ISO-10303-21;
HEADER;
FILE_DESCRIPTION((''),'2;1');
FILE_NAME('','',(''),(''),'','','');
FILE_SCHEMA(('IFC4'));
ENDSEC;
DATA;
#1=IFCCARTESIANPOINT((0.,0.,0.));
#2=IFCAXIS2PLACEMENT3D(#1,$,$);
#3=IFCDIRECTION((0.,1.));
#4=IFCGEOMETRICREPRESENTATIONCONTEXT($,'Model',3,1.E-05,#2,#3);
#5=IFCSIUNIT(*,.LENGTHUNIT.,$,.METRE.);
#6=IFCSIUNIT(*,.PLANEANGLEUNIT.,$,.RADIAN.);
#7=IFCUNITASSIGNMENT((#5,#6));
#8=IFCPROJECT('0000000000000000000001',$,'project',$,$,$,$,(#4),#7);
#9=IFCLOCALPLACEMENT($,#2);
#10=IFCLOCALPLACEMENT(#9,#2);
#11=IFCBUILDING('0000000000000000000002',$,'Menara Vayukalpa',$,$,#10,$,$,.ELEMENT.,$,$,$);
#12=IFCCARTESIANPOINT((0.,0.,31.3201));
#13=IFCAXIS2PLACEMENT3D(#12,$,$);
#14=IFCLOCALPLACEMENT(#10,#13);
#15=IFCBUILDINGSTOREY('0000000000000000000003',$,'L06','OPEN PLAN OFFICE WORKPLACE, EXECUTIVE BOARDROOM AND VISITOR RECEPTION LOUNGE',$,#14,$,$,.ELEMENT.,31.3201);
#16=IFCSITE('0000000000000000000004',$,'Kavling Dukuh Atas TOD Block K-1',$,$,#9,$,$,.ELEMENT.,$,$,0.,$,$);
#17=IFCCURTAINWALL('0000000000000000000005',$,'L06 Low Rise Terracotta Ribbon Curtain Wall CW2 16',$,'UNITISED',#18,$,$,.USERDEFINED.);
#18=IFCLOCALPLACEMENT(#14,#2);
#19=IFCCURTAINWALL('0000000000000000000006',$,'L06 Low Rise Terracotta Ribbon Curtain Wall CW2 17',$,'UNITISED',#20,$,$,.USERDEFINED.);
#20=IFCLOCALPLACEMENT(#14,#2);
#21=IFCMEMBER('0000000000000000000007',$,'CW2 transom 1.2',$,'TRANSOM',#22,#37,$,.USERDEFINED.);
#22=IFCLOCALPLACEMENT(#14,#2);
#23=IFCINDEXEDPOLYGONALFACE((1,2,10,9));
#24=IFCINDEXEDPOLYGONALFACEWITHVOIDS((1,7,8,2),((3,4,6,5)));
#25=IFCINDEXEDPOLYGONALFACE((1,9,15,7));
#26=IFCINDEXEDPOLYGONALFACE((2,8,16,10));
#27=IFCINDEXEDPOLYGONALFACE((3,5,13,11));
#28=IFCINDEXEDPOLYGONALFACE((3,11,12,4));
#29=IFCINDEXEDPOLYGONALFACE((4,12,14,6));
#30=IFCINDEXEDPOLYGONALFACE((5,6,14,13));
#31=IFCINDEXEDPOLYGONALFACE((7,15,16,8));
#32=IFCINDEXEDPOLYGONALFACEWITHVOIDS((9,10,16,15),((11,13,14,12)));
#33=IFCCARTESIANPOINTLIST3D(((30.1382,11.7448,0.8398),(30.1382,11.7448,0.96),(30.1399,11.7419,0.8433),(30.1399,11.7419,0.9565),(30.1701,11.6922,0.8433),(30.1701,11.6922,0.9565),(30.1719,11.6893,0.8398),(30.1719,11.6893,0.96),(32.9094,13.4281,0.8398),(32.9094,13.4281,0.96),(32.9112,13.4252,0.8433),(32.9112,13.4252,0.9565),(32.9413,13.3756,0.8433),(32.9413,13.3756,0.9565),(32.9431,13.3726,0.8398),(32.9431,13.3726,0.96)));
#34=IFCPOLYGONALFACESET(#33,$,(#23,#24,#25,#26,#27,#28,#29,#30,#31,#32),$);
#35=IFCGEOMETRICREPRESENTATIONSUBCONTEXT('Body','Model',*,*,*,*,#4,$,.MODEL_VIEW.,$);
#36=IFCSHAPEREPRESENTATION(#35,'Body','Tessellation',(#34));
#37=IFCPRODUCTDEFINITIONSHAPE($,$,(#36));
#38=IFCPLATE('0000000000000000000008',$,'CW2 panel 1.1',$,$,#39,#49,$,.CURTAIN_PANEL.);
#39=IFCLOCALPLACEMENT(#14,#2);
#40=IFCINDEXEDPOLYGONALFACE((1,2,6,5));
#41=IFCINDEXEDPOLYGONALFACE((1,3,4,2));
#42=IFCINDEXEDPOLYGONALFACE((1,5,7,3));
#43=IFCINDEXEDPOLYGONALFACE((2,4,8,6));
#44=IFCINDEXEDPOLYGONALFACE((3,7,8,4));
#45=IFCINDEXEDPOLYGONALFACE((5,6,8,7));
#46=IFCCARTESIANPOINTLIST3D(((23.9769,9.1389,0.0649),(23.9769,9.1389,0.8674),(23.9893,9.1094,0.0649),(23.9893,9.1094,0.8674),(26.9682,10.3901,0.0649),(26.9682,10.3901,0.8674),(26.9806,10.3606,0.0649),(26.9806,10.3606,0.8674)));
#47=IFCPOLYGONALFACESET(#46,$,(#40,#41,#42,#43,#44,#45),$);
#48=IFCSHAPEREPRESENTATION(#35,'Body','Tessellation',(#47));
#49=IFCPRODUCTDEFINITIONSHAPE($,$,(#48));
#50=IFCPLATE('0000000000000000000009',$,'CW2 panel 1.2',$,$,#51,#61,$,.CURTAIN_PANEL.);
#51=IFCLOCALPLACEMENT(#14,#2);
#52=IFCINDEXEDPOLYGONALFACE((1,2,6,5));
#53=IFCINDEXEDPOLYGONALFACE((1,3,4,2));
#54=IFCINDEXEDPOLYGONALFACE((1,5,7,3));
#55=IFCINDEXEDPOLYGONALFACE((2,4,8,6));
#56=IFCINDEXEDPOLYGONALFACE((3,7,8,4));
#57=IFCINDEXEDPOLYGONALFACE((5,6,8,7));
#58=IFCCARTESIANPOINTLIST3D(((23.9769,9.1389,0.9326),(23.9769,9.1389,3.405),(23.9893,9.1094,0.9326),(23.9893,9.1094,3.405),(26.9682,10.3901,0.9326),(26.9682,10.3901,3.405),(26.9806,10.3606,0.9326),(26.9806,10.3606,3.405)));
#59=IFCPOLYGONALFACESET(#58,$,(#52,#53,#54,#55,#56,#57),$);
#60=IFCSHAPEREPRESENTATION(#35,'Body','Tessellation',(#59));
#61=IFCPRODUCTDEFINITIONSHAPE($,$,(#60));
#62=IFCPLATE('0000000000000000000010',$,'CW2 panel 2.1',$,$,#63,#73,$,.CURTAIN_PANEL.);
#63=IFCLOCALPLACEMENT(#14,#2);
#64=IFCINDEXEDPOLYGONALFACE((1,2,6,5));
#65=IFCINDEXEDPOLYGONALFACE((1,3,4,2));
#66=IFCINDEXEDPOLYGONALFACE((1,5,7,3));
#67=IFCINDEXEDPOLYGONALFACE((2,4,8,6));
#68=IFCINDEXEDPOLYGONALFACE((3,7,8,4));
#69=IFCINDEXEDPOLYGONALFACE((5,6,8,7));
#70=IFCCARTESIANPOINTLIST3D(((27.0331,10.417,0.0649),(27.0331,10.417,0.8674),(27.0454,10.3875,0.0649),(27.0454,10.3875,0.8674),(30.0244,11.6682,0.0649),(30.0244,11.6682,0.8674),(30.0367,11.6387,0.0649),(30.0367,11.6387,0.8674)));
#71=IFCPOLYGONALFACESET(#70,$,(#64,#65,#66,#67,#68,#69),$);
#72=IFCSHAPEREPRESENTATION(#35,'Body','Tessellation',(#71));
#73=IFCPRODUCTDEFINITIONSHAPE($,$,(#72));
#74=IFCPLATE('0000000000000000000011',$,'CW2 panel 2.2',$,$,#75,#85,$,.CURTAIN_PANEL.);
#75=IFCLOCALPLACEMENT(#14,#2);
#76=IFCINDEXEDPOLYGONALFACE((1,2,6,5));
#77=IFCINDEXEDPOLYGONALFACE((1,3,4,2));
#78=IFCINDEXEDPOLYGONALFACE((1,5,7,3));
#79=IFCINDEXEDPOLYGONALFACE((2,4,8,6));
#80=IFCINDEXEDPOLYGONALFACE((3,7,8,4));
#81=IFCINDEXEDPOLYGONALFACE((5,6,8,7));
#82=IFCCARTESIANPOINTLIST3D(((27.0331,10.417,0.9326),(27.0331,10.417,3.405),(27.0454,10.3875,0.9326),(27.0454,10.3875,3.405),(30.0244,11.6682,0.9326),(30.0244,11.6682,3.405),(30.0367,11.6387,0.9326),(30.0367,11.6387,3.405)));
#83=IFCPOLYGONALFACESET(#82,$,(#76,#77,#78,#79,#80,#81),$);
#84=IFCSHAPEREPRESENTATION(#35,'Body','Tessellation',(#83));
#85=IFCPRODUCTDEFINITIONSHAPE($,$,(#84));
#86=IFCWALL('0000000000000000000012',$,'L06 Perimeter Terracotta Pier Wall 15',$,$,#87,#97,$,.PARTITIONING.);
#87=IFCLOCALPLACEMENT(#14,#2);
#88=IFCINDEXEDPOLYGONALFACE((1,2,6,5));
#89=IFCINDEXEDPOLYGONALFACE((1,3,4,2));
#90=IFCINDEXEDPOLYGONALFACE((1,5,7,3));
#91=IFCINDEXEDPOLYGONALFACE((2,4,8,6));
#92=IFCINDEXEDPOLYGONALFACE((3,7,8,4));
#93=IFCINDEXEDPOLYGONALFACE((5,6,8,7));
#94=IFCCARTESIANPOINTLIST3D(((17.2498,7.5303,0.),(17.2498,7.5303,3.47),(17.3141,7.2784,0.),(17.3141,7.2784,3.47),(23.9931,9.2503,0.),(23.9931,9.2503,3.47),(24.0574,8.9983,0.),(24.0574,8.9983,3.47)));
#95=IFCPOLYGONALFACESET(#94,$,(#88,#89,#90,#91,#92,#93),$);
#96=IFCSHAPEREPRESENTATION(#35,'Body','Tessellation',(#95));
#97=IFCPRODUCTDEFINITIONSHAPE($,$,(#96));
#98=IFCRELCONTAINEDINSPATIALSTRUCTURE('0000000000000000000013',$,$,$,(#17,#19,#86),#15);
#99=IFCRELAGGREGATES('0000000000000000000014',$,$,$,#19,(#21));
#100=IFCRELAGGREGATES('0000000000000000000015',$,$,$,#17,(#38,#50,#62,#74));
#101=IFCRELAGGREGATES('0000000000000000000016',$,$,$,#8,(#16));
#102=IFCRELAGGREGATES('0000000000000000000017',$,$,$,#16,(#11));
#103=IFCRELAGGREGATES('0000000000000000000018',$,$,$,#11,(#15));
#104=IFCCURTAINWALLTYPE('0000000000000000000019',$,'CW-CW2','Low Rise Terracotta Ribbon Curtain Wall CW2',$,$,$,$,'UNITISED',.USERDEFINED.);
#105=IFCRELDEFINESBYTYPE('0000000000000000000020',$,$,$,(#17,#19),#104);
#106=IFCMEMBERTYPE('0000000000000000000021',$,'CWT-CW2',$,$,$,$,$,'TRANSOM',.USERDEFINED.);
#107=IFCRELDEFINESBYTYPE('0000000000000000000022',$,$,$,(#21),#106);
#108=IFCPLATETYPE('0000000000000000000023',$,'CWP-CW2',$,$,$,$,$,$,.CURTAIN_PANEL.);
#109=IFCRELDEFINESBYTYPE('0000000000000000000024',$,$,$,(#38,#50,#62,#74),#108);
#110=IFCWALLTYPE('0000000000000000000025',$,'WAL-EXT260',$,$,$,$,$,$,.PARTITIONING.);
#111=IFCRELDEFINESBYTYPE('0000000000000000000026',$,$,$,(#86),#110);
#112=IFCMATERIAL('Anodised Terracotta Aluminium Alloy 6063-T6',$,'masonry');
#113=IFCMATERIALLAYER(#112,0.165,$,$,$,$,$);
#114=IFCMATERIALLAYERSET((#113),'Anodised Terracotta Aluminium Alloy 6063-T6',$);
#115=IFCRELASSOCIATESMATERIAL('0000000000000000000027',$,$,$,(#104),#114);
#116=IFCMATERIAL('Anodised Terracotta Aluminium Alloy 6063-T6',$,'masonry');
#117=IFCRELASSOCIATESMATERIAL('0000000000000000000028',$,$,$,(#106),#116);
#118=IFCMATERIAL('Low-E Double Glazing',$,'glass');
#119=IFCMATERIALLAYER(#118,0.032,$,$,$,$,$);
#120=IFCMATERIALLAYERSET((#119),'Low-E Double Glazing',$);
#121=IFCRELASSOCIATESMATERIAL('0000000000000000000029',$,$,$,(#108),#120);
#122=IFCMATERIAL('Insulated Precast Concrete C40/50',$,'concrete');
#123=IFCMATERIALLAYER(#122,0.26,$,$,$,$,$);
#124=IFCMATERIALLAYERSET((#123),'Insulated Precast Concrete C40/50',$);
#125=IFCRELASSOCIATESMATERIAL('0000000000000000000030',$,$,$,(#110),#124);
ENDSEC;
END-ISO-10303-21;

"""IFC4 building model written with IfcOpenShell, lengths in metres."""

from ifc_helpers import new_model, si_unit, direction, frame, frame_2d, origin, origin_2d, place, context, subcontext, project, spatial, rectangle, hollow_rectangle, extrude, material, layer, layer_set, material_profile, profile_set, type_object, element, aggregate, save


model = new_model("IFC4")

# Units and contexts
model_context = context("Model", 3, precision=1e-05, world=origin(), true_north=direction((0.0, 1.0)))
body_context = subcontext(model_context, "Body", "Model", "MODEL_VIEW")
ifc_project = project(units=[si_unit("LENGTHUNIT", "METRE"), si_unit("PLANEANGLEUNIT", "RADIAN")], contexts=[model_context])

# Site, building, storey
site_placement = place(None, origin())
site = spatial("IfcSite", under=ifc_project, at=site_placement, Name="Kavling Dukuh Atas TOD Block K-1", CompositionType="ELEMENT", RefElevation=0.0)
building_placement = place(site_placement, origin())
building = spatial("IfcBuilding", under=site, at=building_placement, Name="Menara Vayukalpa", CompositionType="ELEMENT")
storey_placement = place(building_placement, frame((0.0, 0.0, 31.3201)))
storey = spatial("IfcBuildingStorey", under=building, at=storey_placement, Name="L06", Description="OPEN PLAN OFFICE WORKPLACE, EXECUTIVE BOARDROOM AND VISITOR RECEPTION LOUNGE", CompositionType="ELEMENT", Elevation=31.3201)

# Curtain wall
ifc_material_1 = material(Name="Anodised Terracotta Aluminium Alloy 6063-T6", Category="masonry")
ifc_layer_1 = layer(ifc_material_1, 0.165)
ifc_layer_set_1 = layer_set([ifc_layer_1], Name="Anodised Terracotta Aluminium Alloy 6063-T6")
curtain_wall_type = type_object("IfcCurtainWallType", Name="CW-CW2", Description="Low Rise Terracotta Ribbon Curtain Wall CW2", ElementType="UNITISED", PredefinedType="USERDEFINED", material=ifc_layer_set_1)
curtain_wall_1_placement = place(storey_placement, origin())
curtain_wall_1 = element("IfcCurtainWall", 1, at=curtain_wall_1_placement, inside=storey, type_object=curtain_wall_type, Name="L06 Low Rise Terracotta Ribbon Curtain Wall CW2 16", ObjectType="UNITISED", PredefinedType="USERDEFINED")

# Curtain wall
curtain_wall_2_placement = place(storey_placement, origin())
curtain_wall_2 = element("IfcCurtainWall", 2, at=curtain_wall_2_placement, inside=storey, type_object=curtain_wall_type, Name="L06 Low Rise Terracotta Ribbon Curtain Wall CW2 17", ObjectType="UNITISED", PredefinedType="USERDEFINED")

# Member
ifc_material_2 = material(Name="Anodised Terracotta Aluminium Alloy 6063-T6", Category="masonry")
ifc_material_profile_1 = material_profile(ifc_material_2, hollow_rectangle(XDim=0.0649, YDim=0.1201, WallThickness=0.0034, at=origin_2d()), Name="ALU 65x120x3.5")
ifc_profile_set_1 = profile_set([ifc_material_profile_1], Name="Anodised Terracotta Aluminium Alloy 6063-T6")
member_type_1 = type_object("IfcMemberType", Name="CWT-CW2", ElementType="TRANSOM", PredefinedType="USERDEFINED", material=ifc_profile_set_1)
member_1_placement = place(storey_placement, frame((30.155, 11.717, 0.8999), z_axis=(0.854677, 0.519161, 0.0), x_axis=(-0.519161, 0.854677, 0.0)))
member_1 = element("IfcMember", 3, at=member_1_placement, type_object=member_type_1, Name="CW2 transom 1.2", ObjectType="TRANSOM", PredefinedType="USERDEFINED", context=body_context, shape_type="SweptSolid", body=[
    extrude(hollow_rectangle(XDim=0.0649, YDim=0.1201, WallThickness=0.0034, at=origin_2d()), origin(), (0.0, 0.0, 1.0), 3.2424),
])
aggregate(curtain_wall_2, [member_1])

# Plates
ifc_material_3 = material(Name="Low-E Double Glazing", Category="glass")
ifc_layer_2 = layer(ifc_material_3, 0.032)
ifc_layer_set_2 = layer_set([ifc_layer_2], Name="Low-E Double Glazing")
plate_type = type_object("IfcPlateType", Name="CWP-CW2", PredefinedType="CURTAIN_PANEL", material=ifc_layer_set_2)
plate_1_placement = place(storey_placement, frame((25.4788, 9.7498, 0.0649), z_axis=(0.0, 0.0, 1.0), x_axis=(0.922543, 0.385895, 0.0)))
plate_1 = element("IfcPlate", 4, at=plate_1_placement, type_object=plate_type, Name="CW2 panel 1.1", PredefinedType="CURTAIN_PANEL", context=body_context, shape_type="SweptSolid", body=[
    extrude(rectangle(XDim=3.2424, YDim=0.032, at=origin_2d()), origin(), (0.0, 0.0, 1.0), 0.8025),
])
plate_2_placement = place(storey_placement, frame((25.4788, 9.7498, 0.9326), z_axis=(0.0, 0.0, 1.0), x_axis=(0.922543, 0.385895, 0.0)))
plate_2 = element("IfcPlate", 5, at=plate_2_placement, type_object=plate_type, Name="CW2 panel 1.2", PredefinedType="CURTAIN_PANEL", context=body_context, shape_type="SweptSolid", body=[
    extrude(rectangle(XDim=3.2424, YDim=0.032, at=origin_2d()), origin(), (0.0, 0.0, 1.0), 2.4724),
])
plate_3_placement = place(storey_placement, frame((28.5349, 11.0278, 0.0649), z_axis=(0.0, 0.0, 1.0), x_axis=(0.922543, 0.385895, 0.0)))
plate_3 = element("IfcPlate", 6, at=plate_3_placement, type_object=plate_type, Name="CW2 panel 2.1", PredefinedType="CURTAIN_PANEL", context=body_context, shape_type="SweptSolid", body=[
    extrude(rectangle(XDim=3.2424, YDim=0.032, at=origin_2d()), origin(), (0.0, 0.0, 1.0), 0.8025),
])
plate_4_placement = place(storey_placement, frame((28.5349, 11.0278, 0.9326), z_axis=(0.0, 0.0, 1.0), x_axis=(0.922543, 0.385895, 0.0)))
plate_4 = element("IfcPlate", 7, at=plate_4_placement, type_object=plate_type, Name="CW2 panel 2.2", PredefinedType="CURTAIN_PANEL", context=body_context, shape_type="SweptSolid", body=[
    extrude(rectangle(XDim=3.2424, YDim=0.032, at=origin_2d()), origin(), (0.0, 0.0, 1.0), 2.4724),
])
aggregate(curtain_wall_1, [plate_1, plate_2, plate_3, plate_4])

# Wall
ifc_material_4 = material(Name="Insulated Precast Concrete C40/50", Category="concrete")
ifc_layer_3 = layer(ifc_material_4, 0.26)
ifc_layer_set_3 = layer_set([ifc_layer_3], Name="Insulated Precast Concrete C40/50")
wall_type = type_object("IfcWallType", Name="WAL-EXT260", PredefinedType="PARTITIONING", material=ifc_layer_set_3)
wall_placement = place(storey_placement, frame((24.0251, 9.1243, 0.0), z_axis=(0.0, 0.0, 1.0), x_axis=(-0.968978, -0.247147, 0.0)))
element("IfcWall", 8, at=wall_placement, inside=storey, type_object=wall_type, Name="L06 Perimeter Terracotta Pier Wall 15", PredefinedType="PARTITIONING", context=body_context, shape_type="SweptSolid", body=[
    extrude(rectangle(XDim=6.9592, YDim=0.26, at=frame_2d((3.4795, 0.0))), origin(), (0.0, 0.0, 1.0), 3.47),
])

save(model, "model.ifc")
